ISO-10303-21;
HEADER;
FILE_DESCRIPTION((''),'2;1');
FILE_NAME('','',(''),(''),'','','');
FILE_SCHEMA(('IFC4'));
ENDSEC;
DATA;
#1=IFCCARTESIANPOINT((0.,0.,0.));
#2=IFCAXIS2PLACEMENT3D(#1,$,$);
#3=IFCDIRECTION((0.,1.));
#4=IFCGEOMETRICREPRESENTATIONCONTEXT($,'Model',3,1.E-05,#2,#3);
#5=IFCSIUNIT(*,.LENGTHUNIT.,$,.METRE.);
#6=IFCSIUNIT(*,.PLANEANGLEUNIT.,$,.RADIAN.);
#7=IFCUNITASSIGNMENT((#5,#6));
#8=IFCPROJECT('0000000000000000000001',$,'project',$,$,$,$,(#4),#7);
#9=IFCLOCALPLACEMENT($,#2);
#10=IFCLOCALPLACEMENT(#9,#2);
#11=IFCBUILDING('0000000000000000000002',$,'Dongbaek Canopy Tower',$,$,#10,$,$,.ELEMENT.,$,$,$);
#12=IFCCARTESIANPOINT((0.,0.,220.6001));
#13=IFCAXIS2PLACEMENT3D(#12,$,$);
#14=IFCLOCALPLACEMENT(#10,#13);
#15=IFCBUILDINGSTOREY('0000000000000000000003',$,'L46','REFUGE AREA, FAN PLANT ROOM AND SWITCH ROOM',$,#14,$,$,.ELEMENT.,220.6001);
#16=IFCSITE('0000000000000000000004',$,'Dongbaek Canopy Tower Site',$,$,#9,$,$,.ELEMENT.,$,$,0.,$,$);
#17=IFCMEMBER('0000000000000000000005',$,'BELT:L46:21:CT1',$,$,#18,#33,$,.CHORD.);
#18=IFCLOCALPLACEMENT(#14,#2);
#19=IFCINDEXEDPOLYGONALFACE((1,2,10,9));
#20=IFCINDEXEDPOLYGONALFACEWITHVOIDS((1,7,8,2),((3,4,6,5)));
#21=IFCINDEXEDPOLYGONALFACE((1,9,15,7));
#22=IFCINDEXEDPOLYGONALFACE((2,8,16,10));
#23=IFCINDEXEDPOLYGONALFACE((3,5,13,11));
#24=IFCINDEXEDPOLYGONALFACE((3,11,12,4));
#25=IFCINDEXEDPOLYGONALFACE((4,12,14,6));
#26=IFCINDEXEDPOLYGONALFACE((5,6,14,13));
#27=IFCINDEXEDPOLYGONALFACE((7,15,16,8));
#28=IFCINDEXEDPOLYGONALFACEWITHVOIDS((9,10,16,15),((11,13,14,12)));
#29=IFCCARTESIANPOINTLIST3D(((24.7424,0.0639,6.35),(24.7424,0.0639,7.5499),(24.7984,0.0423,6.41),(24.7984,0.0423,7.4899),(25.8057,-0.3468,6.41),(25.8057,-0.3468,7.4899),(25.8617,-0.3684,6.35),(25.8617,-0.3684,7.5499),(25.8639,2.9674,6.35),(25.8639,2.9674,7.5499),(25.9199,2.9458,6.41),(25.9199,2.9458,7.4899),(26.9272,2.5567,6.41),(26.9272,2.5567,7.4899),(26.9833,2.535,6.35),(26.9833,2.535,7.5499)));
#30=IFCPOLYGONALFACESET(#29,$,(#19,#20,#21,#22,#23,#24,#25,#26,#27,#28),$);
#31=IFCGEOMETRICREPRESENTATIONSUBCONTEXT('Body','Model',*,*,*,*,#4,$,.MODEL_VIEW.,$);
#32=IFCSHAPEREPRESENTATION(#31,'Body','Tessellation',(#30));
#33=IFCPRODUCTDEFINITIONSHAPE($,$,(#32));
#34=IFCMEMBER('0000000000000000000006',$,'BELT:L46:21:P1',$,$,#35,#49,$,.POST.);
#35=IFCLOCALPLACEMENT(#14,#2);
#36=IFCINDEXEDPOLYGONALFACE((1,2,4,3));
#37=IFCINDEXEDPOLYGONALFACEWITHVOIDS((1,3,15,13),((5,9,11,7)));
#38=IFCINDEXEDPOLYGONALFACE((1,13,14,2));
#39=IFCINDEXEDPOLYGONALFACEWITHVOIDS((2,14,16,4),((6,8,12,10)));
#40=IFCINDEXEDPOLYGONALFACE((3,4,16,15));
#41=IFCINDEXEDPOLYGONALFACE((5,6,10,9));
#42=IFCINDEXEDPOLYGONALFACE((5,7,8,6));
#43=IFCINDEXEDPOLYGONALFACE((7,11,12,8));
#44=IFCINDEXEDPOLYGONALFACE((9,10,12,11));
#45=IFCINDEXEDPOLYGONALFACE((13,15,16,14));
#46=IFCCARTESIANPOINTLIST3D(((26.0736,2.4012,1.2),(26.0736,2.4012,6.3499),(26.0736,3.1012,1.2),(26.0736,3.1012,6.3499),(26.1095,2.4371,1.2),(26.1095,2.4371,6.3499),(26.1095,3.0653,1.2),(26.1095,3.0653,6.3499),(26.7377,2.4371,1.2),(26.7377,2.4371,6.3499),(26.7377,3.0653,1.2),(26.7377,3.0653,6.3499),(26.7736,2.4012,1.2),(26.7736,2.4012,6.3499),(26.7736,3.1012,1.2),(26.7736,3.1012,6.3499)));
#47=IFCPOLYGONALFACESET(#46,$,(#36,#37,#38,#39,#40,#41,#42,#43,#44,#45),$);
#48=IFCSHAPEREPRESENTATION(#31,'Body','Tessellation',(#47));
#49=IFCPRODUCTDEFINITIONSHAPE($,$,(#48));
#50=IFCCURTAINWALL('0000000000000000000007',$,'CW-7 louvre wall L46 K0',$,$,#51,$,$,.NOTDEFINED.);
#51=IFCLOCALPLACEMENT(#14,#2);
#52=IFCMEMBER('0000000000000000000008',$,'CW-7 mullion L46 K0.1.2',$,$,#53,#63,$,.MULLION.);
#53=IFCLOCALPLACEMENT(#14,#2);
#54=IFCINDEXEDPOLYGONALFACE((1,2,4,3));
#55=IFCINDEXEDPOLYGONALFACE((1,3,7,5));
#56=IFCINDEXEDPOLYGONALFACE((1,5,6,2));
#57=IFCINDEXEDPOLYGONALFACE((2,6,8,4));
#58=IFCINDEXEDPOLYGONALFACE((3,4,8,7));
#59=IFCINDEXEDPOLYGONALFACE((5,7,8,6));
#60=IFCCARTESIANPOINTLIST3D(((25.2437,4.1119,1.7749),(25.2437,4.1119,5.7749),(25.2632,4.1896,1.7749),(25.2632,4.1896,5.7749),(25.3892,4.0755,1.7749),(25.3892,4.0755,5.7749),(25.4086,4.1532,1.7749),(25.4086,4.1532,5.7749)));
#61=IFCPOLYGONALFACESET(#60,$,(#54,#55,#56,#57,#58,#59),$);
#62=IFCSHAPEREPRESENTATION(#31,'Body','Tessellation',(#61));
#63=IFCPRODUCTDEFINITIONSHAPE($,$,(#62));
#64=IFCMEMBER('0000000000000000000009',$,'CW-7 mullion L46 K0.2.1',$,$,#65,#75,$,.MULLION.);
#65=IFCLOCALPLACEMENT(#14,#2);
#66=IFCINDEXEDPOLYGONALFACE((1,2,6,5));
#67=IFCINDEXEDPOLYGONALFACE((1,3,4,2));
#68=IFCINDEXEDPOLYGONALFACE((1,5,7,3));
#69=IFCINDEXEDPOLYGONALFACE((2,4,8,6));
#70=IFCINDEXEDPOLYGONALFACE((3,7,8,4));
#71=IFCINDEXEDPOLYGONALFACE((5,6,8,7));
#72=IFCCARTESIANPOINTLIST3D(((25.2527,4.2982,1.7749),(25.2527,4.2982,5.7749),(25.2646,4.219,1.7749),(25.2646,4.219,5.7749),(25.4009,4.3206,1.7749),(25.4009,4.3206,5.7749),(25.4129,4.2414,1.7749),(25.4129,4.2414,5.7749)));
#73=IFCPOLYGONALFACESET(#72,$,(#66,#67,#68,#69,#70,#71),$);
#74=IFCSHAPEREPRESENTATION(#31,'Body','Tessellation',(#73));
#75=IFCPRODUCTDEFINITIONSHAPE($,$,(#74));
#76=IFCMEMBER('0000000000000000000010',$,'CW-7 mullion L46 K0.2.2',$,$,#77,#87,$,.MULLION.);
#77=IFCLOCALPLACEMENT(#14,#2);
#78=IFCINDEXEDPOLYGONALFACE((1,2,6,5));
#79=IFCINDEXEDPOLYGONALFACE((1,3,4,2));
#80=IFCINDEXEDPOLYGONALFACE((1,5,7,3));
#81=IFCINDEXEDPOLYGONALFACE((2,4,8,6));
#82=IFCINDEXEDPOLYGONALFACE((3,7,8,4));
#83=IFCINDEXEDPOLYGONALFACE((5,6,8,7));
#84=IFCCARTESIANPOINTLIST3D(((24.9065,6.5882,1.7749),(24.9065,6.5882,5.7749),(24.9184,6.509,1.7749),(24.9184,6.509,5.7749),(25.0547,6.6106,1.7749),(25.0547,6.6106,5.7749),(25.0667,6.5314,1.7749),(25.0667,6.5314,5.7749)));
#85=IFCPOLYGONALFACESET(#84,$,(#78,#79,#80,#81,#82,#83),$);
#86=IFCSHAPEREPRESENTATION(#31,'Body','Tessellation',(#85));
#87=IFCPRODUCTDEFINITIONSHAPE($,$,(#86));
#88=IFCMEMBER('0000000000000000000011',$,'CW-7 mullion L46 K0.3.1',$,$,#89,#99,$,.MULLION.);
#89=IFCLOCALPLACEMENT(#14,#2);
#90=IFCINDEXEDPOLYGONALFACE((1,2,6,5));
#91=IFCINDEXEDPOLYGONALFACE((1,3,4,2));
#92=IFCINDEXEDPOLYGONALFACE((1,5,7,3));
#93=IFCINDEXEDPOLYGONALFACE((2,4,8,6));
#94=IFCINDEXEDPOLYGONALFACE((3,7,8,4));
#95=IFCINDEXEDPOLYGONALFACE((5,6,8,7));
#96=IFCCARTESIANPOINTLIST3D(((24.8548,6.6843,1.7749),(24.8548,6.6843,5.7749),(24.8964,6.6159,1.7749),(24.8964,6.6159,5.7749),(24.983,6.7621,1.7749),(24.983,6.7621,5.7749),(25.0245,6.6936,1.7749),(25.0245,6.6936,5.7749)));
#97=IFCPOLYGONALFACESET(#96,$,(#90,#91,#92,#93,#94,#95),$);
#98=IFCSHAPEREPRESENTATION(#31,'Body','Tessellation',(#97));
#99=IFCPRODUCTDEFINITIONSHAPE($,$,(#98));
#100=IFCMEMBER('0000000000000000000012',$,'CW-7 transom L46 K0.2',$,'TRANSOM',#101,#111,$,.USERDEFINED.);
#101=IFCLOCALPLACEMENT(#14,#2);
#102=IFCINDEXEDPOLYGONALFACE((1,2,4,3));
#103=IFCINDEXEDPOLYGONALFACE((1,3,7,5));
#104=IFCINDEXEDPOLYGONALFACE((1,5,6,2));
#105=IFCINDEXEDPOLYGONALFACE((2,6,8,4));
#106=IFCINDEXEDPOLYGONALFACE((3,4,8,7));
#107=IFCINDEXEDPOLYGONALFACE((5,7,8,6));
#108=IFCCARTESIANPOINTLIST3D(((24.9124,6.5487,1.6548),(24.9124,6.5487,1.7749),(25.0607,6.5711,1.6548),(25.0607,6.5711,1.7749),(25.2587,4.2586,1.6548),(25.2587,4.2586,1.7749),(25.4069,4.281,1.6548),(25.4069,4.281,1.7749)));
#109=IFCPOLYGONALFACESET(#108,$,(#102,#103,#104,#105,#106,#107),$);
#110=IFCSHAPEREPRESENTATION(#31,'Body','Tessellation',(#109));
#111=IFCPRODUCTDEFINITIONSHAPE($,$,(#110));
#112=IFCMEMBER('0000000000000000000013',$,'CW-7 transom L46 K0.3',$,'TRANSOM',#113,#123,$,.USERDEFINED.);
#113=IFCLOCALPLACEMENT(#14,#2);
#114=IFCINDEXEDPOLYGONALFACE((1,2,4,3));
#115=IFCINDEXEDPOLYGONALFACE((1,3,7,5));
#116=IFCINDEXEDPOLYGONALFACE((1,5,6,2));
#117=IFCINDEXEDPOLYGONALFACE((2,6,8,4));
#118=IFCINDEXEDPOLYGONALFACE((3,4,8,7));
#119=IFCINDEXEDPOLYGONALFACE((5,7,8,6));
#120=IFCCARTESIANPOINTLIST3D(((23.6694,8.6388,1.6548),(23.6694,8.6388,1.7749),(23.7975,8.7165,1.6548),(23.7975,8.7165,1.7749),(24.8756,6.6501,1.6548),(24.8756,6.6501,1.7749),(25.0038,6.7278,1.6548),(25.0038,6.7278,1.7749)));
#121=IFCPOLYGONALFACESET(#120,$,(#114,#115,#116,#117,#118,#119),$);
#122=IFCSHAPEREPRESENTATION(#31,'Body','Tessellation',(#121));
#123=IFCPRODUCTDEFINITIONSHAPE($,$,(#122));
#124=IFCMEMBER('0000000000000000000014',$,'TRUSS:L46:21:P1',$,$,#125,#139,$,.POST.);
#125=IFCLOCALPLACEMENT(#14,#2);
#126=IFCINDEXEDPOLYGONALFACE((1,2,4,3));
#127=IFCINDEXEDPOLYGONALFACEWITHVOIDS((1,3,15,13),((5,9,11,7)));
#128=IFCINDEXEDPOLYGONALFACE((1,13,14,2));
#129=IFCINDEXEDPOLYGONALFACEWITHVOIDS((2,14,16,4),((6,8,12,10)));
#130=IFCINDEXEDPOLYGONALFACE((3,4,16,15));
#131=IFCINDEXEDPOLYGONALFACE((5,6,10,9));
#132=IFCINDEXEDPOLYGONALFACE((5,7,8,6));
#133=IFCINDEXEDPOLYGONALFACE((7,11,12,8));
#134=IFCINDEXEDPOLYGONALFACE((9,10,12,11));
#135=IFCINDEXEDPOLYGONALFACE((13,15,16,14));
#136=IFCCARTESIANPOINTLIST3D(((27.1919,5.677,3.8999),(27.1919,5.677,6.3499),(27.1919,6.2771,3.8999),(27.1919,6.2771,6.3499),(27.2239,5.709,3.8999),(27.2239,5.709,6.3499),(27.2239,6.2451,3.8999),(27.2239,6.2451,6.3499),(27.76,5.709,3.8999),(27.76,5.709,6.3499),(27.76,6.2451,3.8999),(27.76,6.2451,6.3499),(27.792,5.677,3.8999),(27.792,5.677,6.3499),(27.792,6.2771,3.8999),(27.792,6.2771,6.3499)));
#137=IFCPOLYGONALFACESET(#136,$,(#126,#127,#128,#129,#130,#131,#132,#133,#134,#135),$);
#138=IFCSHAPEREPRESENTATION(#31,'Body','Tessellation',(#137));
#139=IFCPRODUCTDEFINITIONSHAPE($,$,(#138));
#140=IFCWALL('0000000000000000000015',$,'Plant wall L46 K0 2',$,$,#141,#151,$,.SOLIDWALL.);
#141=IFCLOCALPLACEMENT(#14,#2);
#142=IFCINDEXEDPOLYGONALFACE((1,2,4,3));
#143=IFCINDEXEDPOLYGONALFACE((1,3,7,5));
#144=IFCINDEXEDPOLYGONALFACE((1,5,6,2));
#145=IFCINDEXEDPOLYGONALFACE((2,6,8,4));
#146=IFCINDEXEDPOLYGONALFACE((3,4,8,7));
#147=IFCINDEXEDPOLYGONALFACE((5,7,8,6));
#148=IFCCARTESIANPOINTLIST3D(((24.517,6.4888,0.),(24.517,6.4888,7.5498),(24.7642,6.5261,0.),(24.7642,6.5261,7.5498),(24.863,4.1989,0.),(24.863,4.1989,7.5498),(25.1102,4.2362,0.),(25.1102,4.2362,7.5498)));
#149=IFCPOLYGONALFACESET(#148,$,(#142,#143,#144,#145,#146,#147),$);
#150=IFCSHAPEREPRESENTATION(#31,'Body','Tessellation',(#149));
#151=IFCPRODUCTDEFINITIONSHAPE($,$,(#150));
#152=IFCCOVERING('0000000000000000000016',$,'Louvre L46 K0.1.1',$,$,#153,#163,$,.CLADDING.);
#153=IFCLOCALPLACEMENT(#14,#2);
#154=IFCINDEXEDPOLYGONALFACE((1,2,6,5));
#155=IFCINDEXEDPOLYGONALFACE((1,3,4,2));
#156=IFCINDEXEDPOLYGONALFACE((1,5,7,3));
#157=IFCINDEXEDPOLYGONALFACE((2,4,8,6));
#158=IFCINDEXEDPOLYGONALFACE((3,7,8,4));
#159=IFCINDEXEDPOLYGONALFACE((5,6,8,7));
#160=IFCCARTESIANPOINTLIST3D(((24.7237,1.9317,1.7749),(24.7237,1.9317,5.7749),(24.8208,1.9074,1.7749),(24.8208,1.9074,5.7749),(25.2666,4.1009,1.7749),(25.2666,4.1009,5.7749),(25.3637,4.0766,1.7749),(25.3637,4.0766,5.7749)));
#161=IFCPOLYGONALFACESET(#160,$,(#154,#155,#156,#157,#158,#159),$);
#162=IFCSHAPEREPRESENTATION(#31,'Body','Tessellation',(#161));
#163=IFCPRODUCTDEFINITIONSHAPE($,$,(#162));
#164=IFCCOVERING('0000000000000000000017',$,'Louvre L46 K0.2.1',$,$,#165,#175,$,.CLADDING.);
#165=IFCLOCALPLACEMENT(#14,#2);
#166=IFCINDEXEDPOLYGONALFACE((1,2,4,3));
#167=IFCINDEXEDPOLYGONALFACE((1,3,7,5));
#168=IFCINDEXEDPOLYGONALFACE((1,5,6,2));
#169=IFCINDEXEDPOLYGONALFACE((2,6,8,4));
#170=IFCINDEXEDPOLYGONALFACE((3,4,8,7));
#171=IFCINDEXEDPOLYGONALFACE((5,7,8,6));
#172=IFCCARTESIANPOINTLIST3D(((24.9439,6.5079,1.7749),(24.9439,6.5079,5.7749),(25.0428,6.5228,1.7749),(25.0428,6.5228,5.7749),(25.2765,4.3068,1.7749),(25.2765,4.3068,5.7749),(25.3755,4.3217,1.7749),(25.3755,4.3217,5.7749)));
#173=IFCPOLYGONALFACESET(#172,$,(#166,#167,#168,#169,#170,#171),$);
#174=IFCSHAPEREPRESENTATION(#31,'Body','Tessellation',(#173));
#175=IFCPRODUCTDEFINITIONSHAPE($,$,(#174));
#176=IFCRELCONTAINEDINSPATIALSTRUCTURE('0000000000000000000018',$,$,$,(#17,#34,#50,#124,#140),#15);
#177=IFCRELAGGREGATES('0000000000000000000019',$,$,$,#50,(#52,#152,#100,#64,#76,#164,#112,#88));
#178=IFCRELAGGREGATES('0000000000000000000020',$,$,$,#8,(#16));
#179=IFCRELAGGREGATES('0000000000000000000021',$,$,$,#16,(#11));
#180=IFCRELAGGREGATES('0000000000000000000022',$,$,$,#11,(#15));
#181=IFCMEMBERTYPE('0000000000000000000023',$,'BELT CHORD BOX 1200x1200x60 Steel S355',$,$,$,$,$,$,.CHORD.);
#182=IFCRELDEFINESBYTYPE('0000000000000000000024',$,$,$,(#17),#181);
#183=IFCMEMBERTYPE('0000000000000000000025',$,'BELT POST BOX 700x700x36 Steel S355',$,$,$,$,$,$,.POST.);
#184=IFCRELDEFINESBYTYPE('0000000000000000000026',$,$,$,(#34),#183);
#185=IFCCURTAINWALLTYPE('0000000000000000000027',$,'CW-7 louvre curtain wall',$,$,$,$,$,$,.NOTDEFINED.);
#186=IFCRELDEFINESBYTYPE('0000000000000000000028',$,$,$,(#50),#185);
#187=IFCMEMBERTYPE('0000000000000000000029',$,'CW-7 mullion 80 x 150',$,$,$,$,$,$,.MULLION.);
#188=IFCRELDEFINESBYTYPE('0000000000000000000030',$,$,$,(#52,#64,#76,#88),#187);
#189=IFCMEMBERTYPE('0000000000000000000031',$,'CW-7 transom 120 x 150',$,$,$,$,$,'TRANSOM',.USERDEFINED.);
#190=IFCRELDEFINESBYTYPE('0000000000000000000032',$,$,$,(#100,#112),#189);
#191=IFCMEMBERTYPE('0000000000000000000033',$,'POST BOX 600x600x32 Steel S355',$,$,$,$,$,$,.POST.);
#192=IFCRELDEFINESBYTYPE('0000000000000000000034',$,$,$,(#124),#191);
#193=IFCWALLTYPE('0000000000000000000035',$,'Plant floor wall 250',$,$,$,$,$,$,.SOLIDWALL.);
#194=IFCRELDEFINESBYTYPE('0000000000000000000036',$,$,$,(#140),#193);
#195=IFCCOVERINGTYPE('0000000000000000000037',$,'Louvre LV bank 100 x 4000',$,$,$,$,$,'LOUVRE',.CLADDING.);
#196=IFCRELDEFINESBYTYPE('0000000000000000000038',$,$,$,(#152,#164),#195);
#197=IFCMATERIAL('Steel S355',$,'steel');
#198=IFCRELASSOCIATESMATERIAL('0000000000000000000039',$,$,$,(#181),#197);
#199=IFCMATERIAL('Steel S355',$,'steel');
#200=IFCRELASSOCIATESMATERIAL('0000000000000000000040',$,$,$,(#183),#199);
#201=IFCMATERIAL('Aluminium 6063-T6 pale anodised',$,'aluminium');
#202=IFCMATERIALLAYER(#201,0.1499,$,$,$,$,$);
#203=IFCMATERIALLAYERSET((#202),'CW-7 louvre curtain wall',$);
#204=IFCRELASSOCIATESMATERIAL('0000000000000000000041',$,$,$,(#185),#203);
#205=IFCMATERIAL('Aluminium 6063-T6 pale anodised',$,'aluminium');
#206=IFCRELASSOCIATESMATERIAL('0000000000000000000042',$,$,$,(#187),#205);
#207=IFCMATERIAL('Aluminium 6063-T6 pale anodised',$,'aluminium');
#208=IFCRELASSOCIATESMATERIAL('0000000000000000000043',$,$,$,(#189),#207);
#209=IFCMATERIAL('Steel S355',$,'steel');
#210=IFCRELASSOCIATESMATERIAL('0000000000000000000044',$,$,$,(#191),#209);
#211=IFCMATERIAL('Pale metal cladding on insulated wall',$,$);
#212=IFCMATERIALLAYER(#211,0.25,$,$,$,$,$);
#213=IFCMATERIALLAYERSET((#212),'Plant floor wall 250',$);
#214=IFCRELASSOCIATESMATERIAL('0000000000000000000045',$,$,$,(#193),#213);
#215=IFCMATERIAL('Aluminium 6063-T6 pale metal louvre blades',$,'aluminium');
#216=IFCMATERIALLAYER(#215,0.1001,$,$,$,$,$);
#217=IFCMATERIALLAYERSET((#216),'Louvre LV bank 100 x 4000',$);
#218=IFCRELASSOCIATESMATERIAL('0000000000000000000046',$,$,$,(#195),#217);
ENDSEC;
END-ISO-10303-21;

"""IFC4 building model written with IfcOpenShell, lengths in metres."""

from ifc_helpers import new_model, si_unit, direction, frame, frame_2d, origin, origin_2d, place, context, subcontext, project, spatial, rectangle, hollow_rectangle, extrude, material, layer, layer_set, material_profile, profile_set, type_object, element, aggregate, save


model = new_model("IFC4")

# Units and contexts
model_context = context("Model", 3, precision=1e-05, world=origin(), true_north=direction((0.0, 1.0)))
body_context = subcontext(model_context, "Body", "Model", "MODEL_VIEW")
ifc_project = project(units=[si_unit("LENGTHUNIT", "METRE"), si_unit("PLANEANGLEUNIT", "RADIAN")], contexts=[model_context])

# Site, building, storey
site_placement = place(None, origin())
site = spatial("IfcSite", under=ifc_project, at=site_placement, Name="Dongbaek Canopy Tower Site", CompositionType="ELEMENT", RefElevation=0.0)
building_placement = place(site_placement, origin())
building = spatial("IfcBuilding", under=site, at=building_placement, Name="Dongbaek Canopy Tower", CompositionType="ELEMENT")
storey_placement = place(building_placement, frame((0.0, 0.0, 220.6001)))
storey = spatial("IfcBuildingStorey", under=building, at=storey_placement, Name="L46", Description="REFUGE AREA, FAN PLANT ROOM AND SWITCH ROOM", CompositionType="ELEMENT", Elevation=220.6001)

# Members
ifc_material_1 = material(Name="Steel S355", Category="steel")
ifc_material_profile_1 = material_profile(ifc_material_1, hollow_rectangle(XDim=1.2, YDim=1.2, WallThickness=0.0601, at=origin_2d()), Name="BELT CHORD BOX 1200x1200x60 Steel S355")
ifc_profile_set_1 = profile_set([ifc_material_profile_1], Name="Steel S355")
member_type_1 = type_object("IfcMemberType", Name="BELT CHORD BOX 1200x1200x60 Steel S355", PredefinedType="CHORD", material=ifc_profile_set_1)
for number, where, z_axis, x_axis, name in (
    (1, (26.4236, 2.7512, 6.95), (-0.360329, -0.932825, 0.0), (0.932825, -0.360329, 0.0), "BELT:L46:21:CT1"),
):
    element("IfcMember", number, at=place(storey_placement, frame(where, z_axis=z_axis, x_axis=x_axis)), inside=storey, type_object=member_type_1, Name=name, PredefinedType="CHORD", context=body_context, shape_type="SweptSolid", body=[
        extrude(hollow_rectangle(XDim=1.2, YDim=1.2, WallThickness=0.0601, at=origin_2d()), origin(), (0.0, 0.0, 1.0), 3.1125),
    ])
ifc_material_2 = material(Name="Steel S355", Category="steel")
ifc_material_profile_2 = material_profile(ifc_material_2, hollow_rectangle(XDim=0.7, YDim=0.7, WallThickness=0.0359, at=origin_2d()), Name="BELT POST BOX 700x700x36 Steel S355")
ifc_profile_set_2 = profile_set([ifc_material_profile_2], Name="Steel S355")
member_type_2 = type_object("IfcMemberType", Name="BELT POST BOX 700x700x36 Steel S355", PredefinedType="POST", material=ifc_profile_set_2)
member_1_placement = place(storey_placement, frame((26.4236, 2.7512, 1.2), z_axis=(0.0, 0.0, 1.0), x_axis=(1.0, 0.0, 0.0)))
element("IfcMember", 2, at=member_1_placement, inside=storey, type_object=member_type_2, Name="BELT:L46:21:P1", PredefinedType="POST", context=body_context, shape_type="SweptSolid", body=[
    extrude(hollow_rectangle(XDim=0.7, YDim=0.7, WallThickness=0.0359, at=origin_2d()), origin(), (0.0, 0.0, 1.0), 5.1499),
])

# Curtain wall, members
ifc_material_3 = material(Name="Aluminium 6063-T6 pale anodised", Category="aluminium")
ifc_layer_1 = layer(ifc_material_3, 0.1499)
ifc_layer_set_1 = layer_set([ifc_layer_1], Name="CW-7 louvre curtain wall")
curtain_wall_type = type_object("IfcCurtainWallType", Name="CW-7 louvre curtain wall", PredefinedType="NOTDEFINED", material=ifc_layer_set_1)
curtain_wall_placement = place(storey_placement, origin())
curtain_wall = element("IfcCurtainWall", 3, at=curtain_wall_placement, inside=storey, type_object=curtain_wall_type, Name="CW-7 louvre wall L46 K0", PredefinedType="NOTDEFINED")
ifc_material_4 = material(Name="Aluminium 6063-T6 pale anodised", Category="aluminium")
ifc_material_profile_3 = material_profile(ifc_material_4, rectangle(XDim=0.1499, YDim=0.0801, at=origin_2d()), Name="CW-7 mullion 80 x 150")
ifc_profile_set_3 = profile_set([ifc_material_profile_3], Name="Aluminium 6063-T6 pale anodised")
member_type_3 = type_object("IfcMemberType", Name="CW-7 mullion 80 x 150", PredefinedType="MULLION", material=ifc_profile_set_3)
member_2_placement = place(storey_placement, frame((25.3262, 4.1326, 1.7749), z_axis=(0.0, 0.0, 1.0), x_axis=(0.970074, -0.242808, 0.0)))
member_2 = element("IfcMember", 4, at=member_2_placement, type_object=member_type_3, Name="CW-7 mullion L46 K0.1.2", PredefinedType="MULLION", context=body_context, shape_type="SweptSolid", body=[
    extrude(rectangle(XDim=0.1499, YDim=0.0801, at=origin_2d()), origin(), (0.0, 0.0, 1.0), 4.0),
])
member_3_placement = place(storey_placement, frame((25.3328, 4.2698, 1.7749), z_axis=(0.0, 0.0, 1.0), x_axis=(0.988773, 0.149424, 0.0)))
member_3 = element("IfcMember", 5, at=member_3_placement, type_object=member_type_3, Name="CW-7 mullion L46 K0.2.1", PredefinedType="MULLION", context=body_context, shape_type="SweptSolid", body=[
    extrude(rectangle(XDim=0.1499, YDim=0.0801, at=origin_2d()), origin(), (0.0, 0.0, 1.0), 4.0),
])
member_4_placement = place(storey_placement, frame((24.9866, 6.5598, 1.7749), z_axis=(0.0, 0.0, 1.0), x_axis=(0.988773, 0.149424, 0.0)))
member_4 = element("IfcMember", 6, at=member_4_placement, type_object=member_type_3, Name="CW-7 mullion L46 K0.2.2", PredefinedType="MULLION", context=body_context, shape_type="SweptSolid", body=[
    extrude(rectangle(XDim=0.1499, YDim=0.0801, at=origin_2d()), origin(), (0.0, 0.0, 1.0), 4.0),
])
member_5_placement = place(storey_placement, frame((24.9397, 6.689, 1.7749), z_axis=(0.0, 0.0, 1.0), x_axis=(0.855008, 0.518615, 0.0)))
member_5 = element("IfcMember", 7, at=member_5_placement, type_object=member_type_3, Name="CW-7 mullion L46 K0.3.1", PredefinedType="MULLION", context=body_context, shape_type="SweptSolid", body=[
    extrude(rectangle(XDim=0.1499, YDim=0.0801, at=origin_2d()), origin(), (0.0, 0.0, 1.0), 4.0),
])
ifc_material_5 = material(Name="Aluminium 6063-T6 pale anodised", Category="aluminium")
ifc_material_profile_4 = material_profile(ifc_material_5, rectangle(XDim=0.1499, YDim=0.1201, at=origin_2d()), Name="CW-7 transom 120 x 150")
ifc_profile_set_4 = profile_set([ifc_material_profile_4], Name="Aluminium 6063-T6 pale anodised")
member_type_4 = type_object("IfcMemberType", Name="CW-7 transom 120 x 150", ElementType="TRANSOM", PredefinedType="USERDEFINED", material=ifc_profile_set_4)
member_6_placement = place(storey_placement, frame((25.3328, 4.2698, 1.7148), z_axis=(-0.149474, 0.988766, 0.0), x_axis=(-0.988766, -0.149474, 0.0)))
member_6 = element("IfcMember", 8, at=member_6_placement, type_object=member_type_4, Name="CW-7 transom L46 K0.2", ObjectType="TRANSOM", PredefinedType="USERDEFINED", context=body_context, shape_type="SweptSolid", body=[
    extrude(rectangle(XDim=0.1499, YDim=0.1201, at=origin_2d()), origin(), (0.0, 0.0, 1.0), 2.3162),
])
member_7_placement = place(storey_placement, frame((24.9397, 6.689, 1.7148), z_axis=(-0.518611, 0.85501, 0.0), x_axis=(-0.85501, -0.518611, 0.0)))
member_7 = element("IfcMember", 9, at=member_7_placement, type_object=member_type_4, Name="CW-7 transom L46 K0.3", ObjectType="TRANSOM", PredefinedType="USERDEFINED", context=body_context, shape_type="SweptSolid", body=[
    extrude(rectangle(XDim=0.1499, YDim=0.1201, at=origin_2d()), origin(), (0.0, 0.0, 1.0), 2.3259),
])

# Member
ifc_material_6 = material(Name="Steel S355", Category="steel")
ifc_material_profile_5 = material_profile(ifc_material_6, hollow_rectangle(XDim=0.6001, YDim=0.6001, WallThickness=0.032, at=origin_2d()), Name="POST BOX 600x600x32 Steel S355")
ifc_profile_set_5 = profile_set([ifc_material_profile_5], Name="Steel S355")
member_type_5 = type_object("IfcMemberType", Name="POST BOX 600x600x32 Steel S355", PredefinedType="POST", material=ifc_profile_set_5)
member_8_placement = place(storey_placement, frame((27.4919, 5.9771, 3.8999), z_axis=(0.0, 0.0, 1.0), x_axis=(1.0, 0.0, 0.0)))
element("IfcMember", 10, at=member_8_placement, inside=storey, type_object=member_type_5, Name="TRUSS:L46:21:P1", PredefinedType="POST", context=body_context, shape_type="SweptSolid", body=[
    extrude(hollow_rectangle(XDim=0.6001, YDim=0.6001, WallThickness=0.032, at=origin_2d()), origin(), (0.0, 0.0, 1.0), 2.45),
])

# Wall
ifc_material_7 = material(Name="Pale metal cladding on insulated wall")
ifc_layer_2 = layer(ifc_material_7, 0.25)
ifc_layer_set_2 = layer_set([ifc_layer_2], Name="Plant floor wall 250")
wall_type = type_object("IfcWallType", Name="Plant floor wall 250", PredefinedType="SOLIDWALL", material=ifc_layer_set_2)
wall_placement = place(storey_placement, frame((24.9866, 4.2175, 0.0), z_axis=(0.0, 0.0, 1.0), x_axis=(-0.149371, 0.988781, 0.0)))
element("IfcWall", 11, at=wall_placement, inside=storey, type_object=wall_type, Name="Plant wall L46 K0 2", PredefinedType="SOLIDWALL", context=body_context, shape_type="SweptSolid", body=[
    extrude(rectangle(XDim=2.3159, YDim=0.25, at=frame_2d((1.158, 0.0))), origin(), (0.0, 0.0, 1.0), 7.5498),
])

# Coverings
ifc_material_8 = material(Name="Aluminium 6063-T6 pale metal louvre blades", Category="aluminium")
ifc_layer_3 = layer(ifc_material_8, 0.1001)
ifc_layer_set_3 = layer_set([ifc_layer_3], Name="Louvre LV bank 100 x 4000")
covering_type = type_object("IfcCoveringType", Name="Louvre LV bank 100 x 4000", ElementType="LOUVRE", PredefinedType="CLADDING", material=ifc_layer_set_3)
covering_1_placement = place(storey_placement, frame((25.0437, 3.0042, 1.7749), z_axis=(0.0, 0.0, 1.0), x_axis=(0.242808, 0.970074, 0.0)))
covering_1 = element("IfcCovering", 12, at=covering_1_placement, type_object=covering_type, Name="Louvre L46 K0.1.1", PredefinedType="CLADDING", context=body_context, shape_type="SweptSolid", body=[
    extrude(rectangle(XDim=2.2361, YDim=0.1001, at=origin_2d()), origin(), (0.0, 0.0, 1.0), 4.0),
])
covering_2_placement = place(storey_placement, frame((25.1597, 5.4148, 1.7749), z_axis=(0.0, 0.0, 1.0), x_axis=(-0.149424, 0.988773, 0.0)))
covering_2 = element("IfcCovering", 13, at=covering_2_placement, type_object=covering_type, Name="Louvre L46 K0.2.1", PredefinedType="CLADDING", context=body_context, shape_type="SweptSolid", body=[
    extrude(rectangle(XDim=2.2261, YDim=0.1001, at=origin_2d()), origin(), (0.0, 0.0, 1.0), 4.0),
])

aggregate(curtain_wall, [member_2, covering_1, member_6, member_3, member_4, covering_2, member_7, member_5])

save(model, "model.ifc")
